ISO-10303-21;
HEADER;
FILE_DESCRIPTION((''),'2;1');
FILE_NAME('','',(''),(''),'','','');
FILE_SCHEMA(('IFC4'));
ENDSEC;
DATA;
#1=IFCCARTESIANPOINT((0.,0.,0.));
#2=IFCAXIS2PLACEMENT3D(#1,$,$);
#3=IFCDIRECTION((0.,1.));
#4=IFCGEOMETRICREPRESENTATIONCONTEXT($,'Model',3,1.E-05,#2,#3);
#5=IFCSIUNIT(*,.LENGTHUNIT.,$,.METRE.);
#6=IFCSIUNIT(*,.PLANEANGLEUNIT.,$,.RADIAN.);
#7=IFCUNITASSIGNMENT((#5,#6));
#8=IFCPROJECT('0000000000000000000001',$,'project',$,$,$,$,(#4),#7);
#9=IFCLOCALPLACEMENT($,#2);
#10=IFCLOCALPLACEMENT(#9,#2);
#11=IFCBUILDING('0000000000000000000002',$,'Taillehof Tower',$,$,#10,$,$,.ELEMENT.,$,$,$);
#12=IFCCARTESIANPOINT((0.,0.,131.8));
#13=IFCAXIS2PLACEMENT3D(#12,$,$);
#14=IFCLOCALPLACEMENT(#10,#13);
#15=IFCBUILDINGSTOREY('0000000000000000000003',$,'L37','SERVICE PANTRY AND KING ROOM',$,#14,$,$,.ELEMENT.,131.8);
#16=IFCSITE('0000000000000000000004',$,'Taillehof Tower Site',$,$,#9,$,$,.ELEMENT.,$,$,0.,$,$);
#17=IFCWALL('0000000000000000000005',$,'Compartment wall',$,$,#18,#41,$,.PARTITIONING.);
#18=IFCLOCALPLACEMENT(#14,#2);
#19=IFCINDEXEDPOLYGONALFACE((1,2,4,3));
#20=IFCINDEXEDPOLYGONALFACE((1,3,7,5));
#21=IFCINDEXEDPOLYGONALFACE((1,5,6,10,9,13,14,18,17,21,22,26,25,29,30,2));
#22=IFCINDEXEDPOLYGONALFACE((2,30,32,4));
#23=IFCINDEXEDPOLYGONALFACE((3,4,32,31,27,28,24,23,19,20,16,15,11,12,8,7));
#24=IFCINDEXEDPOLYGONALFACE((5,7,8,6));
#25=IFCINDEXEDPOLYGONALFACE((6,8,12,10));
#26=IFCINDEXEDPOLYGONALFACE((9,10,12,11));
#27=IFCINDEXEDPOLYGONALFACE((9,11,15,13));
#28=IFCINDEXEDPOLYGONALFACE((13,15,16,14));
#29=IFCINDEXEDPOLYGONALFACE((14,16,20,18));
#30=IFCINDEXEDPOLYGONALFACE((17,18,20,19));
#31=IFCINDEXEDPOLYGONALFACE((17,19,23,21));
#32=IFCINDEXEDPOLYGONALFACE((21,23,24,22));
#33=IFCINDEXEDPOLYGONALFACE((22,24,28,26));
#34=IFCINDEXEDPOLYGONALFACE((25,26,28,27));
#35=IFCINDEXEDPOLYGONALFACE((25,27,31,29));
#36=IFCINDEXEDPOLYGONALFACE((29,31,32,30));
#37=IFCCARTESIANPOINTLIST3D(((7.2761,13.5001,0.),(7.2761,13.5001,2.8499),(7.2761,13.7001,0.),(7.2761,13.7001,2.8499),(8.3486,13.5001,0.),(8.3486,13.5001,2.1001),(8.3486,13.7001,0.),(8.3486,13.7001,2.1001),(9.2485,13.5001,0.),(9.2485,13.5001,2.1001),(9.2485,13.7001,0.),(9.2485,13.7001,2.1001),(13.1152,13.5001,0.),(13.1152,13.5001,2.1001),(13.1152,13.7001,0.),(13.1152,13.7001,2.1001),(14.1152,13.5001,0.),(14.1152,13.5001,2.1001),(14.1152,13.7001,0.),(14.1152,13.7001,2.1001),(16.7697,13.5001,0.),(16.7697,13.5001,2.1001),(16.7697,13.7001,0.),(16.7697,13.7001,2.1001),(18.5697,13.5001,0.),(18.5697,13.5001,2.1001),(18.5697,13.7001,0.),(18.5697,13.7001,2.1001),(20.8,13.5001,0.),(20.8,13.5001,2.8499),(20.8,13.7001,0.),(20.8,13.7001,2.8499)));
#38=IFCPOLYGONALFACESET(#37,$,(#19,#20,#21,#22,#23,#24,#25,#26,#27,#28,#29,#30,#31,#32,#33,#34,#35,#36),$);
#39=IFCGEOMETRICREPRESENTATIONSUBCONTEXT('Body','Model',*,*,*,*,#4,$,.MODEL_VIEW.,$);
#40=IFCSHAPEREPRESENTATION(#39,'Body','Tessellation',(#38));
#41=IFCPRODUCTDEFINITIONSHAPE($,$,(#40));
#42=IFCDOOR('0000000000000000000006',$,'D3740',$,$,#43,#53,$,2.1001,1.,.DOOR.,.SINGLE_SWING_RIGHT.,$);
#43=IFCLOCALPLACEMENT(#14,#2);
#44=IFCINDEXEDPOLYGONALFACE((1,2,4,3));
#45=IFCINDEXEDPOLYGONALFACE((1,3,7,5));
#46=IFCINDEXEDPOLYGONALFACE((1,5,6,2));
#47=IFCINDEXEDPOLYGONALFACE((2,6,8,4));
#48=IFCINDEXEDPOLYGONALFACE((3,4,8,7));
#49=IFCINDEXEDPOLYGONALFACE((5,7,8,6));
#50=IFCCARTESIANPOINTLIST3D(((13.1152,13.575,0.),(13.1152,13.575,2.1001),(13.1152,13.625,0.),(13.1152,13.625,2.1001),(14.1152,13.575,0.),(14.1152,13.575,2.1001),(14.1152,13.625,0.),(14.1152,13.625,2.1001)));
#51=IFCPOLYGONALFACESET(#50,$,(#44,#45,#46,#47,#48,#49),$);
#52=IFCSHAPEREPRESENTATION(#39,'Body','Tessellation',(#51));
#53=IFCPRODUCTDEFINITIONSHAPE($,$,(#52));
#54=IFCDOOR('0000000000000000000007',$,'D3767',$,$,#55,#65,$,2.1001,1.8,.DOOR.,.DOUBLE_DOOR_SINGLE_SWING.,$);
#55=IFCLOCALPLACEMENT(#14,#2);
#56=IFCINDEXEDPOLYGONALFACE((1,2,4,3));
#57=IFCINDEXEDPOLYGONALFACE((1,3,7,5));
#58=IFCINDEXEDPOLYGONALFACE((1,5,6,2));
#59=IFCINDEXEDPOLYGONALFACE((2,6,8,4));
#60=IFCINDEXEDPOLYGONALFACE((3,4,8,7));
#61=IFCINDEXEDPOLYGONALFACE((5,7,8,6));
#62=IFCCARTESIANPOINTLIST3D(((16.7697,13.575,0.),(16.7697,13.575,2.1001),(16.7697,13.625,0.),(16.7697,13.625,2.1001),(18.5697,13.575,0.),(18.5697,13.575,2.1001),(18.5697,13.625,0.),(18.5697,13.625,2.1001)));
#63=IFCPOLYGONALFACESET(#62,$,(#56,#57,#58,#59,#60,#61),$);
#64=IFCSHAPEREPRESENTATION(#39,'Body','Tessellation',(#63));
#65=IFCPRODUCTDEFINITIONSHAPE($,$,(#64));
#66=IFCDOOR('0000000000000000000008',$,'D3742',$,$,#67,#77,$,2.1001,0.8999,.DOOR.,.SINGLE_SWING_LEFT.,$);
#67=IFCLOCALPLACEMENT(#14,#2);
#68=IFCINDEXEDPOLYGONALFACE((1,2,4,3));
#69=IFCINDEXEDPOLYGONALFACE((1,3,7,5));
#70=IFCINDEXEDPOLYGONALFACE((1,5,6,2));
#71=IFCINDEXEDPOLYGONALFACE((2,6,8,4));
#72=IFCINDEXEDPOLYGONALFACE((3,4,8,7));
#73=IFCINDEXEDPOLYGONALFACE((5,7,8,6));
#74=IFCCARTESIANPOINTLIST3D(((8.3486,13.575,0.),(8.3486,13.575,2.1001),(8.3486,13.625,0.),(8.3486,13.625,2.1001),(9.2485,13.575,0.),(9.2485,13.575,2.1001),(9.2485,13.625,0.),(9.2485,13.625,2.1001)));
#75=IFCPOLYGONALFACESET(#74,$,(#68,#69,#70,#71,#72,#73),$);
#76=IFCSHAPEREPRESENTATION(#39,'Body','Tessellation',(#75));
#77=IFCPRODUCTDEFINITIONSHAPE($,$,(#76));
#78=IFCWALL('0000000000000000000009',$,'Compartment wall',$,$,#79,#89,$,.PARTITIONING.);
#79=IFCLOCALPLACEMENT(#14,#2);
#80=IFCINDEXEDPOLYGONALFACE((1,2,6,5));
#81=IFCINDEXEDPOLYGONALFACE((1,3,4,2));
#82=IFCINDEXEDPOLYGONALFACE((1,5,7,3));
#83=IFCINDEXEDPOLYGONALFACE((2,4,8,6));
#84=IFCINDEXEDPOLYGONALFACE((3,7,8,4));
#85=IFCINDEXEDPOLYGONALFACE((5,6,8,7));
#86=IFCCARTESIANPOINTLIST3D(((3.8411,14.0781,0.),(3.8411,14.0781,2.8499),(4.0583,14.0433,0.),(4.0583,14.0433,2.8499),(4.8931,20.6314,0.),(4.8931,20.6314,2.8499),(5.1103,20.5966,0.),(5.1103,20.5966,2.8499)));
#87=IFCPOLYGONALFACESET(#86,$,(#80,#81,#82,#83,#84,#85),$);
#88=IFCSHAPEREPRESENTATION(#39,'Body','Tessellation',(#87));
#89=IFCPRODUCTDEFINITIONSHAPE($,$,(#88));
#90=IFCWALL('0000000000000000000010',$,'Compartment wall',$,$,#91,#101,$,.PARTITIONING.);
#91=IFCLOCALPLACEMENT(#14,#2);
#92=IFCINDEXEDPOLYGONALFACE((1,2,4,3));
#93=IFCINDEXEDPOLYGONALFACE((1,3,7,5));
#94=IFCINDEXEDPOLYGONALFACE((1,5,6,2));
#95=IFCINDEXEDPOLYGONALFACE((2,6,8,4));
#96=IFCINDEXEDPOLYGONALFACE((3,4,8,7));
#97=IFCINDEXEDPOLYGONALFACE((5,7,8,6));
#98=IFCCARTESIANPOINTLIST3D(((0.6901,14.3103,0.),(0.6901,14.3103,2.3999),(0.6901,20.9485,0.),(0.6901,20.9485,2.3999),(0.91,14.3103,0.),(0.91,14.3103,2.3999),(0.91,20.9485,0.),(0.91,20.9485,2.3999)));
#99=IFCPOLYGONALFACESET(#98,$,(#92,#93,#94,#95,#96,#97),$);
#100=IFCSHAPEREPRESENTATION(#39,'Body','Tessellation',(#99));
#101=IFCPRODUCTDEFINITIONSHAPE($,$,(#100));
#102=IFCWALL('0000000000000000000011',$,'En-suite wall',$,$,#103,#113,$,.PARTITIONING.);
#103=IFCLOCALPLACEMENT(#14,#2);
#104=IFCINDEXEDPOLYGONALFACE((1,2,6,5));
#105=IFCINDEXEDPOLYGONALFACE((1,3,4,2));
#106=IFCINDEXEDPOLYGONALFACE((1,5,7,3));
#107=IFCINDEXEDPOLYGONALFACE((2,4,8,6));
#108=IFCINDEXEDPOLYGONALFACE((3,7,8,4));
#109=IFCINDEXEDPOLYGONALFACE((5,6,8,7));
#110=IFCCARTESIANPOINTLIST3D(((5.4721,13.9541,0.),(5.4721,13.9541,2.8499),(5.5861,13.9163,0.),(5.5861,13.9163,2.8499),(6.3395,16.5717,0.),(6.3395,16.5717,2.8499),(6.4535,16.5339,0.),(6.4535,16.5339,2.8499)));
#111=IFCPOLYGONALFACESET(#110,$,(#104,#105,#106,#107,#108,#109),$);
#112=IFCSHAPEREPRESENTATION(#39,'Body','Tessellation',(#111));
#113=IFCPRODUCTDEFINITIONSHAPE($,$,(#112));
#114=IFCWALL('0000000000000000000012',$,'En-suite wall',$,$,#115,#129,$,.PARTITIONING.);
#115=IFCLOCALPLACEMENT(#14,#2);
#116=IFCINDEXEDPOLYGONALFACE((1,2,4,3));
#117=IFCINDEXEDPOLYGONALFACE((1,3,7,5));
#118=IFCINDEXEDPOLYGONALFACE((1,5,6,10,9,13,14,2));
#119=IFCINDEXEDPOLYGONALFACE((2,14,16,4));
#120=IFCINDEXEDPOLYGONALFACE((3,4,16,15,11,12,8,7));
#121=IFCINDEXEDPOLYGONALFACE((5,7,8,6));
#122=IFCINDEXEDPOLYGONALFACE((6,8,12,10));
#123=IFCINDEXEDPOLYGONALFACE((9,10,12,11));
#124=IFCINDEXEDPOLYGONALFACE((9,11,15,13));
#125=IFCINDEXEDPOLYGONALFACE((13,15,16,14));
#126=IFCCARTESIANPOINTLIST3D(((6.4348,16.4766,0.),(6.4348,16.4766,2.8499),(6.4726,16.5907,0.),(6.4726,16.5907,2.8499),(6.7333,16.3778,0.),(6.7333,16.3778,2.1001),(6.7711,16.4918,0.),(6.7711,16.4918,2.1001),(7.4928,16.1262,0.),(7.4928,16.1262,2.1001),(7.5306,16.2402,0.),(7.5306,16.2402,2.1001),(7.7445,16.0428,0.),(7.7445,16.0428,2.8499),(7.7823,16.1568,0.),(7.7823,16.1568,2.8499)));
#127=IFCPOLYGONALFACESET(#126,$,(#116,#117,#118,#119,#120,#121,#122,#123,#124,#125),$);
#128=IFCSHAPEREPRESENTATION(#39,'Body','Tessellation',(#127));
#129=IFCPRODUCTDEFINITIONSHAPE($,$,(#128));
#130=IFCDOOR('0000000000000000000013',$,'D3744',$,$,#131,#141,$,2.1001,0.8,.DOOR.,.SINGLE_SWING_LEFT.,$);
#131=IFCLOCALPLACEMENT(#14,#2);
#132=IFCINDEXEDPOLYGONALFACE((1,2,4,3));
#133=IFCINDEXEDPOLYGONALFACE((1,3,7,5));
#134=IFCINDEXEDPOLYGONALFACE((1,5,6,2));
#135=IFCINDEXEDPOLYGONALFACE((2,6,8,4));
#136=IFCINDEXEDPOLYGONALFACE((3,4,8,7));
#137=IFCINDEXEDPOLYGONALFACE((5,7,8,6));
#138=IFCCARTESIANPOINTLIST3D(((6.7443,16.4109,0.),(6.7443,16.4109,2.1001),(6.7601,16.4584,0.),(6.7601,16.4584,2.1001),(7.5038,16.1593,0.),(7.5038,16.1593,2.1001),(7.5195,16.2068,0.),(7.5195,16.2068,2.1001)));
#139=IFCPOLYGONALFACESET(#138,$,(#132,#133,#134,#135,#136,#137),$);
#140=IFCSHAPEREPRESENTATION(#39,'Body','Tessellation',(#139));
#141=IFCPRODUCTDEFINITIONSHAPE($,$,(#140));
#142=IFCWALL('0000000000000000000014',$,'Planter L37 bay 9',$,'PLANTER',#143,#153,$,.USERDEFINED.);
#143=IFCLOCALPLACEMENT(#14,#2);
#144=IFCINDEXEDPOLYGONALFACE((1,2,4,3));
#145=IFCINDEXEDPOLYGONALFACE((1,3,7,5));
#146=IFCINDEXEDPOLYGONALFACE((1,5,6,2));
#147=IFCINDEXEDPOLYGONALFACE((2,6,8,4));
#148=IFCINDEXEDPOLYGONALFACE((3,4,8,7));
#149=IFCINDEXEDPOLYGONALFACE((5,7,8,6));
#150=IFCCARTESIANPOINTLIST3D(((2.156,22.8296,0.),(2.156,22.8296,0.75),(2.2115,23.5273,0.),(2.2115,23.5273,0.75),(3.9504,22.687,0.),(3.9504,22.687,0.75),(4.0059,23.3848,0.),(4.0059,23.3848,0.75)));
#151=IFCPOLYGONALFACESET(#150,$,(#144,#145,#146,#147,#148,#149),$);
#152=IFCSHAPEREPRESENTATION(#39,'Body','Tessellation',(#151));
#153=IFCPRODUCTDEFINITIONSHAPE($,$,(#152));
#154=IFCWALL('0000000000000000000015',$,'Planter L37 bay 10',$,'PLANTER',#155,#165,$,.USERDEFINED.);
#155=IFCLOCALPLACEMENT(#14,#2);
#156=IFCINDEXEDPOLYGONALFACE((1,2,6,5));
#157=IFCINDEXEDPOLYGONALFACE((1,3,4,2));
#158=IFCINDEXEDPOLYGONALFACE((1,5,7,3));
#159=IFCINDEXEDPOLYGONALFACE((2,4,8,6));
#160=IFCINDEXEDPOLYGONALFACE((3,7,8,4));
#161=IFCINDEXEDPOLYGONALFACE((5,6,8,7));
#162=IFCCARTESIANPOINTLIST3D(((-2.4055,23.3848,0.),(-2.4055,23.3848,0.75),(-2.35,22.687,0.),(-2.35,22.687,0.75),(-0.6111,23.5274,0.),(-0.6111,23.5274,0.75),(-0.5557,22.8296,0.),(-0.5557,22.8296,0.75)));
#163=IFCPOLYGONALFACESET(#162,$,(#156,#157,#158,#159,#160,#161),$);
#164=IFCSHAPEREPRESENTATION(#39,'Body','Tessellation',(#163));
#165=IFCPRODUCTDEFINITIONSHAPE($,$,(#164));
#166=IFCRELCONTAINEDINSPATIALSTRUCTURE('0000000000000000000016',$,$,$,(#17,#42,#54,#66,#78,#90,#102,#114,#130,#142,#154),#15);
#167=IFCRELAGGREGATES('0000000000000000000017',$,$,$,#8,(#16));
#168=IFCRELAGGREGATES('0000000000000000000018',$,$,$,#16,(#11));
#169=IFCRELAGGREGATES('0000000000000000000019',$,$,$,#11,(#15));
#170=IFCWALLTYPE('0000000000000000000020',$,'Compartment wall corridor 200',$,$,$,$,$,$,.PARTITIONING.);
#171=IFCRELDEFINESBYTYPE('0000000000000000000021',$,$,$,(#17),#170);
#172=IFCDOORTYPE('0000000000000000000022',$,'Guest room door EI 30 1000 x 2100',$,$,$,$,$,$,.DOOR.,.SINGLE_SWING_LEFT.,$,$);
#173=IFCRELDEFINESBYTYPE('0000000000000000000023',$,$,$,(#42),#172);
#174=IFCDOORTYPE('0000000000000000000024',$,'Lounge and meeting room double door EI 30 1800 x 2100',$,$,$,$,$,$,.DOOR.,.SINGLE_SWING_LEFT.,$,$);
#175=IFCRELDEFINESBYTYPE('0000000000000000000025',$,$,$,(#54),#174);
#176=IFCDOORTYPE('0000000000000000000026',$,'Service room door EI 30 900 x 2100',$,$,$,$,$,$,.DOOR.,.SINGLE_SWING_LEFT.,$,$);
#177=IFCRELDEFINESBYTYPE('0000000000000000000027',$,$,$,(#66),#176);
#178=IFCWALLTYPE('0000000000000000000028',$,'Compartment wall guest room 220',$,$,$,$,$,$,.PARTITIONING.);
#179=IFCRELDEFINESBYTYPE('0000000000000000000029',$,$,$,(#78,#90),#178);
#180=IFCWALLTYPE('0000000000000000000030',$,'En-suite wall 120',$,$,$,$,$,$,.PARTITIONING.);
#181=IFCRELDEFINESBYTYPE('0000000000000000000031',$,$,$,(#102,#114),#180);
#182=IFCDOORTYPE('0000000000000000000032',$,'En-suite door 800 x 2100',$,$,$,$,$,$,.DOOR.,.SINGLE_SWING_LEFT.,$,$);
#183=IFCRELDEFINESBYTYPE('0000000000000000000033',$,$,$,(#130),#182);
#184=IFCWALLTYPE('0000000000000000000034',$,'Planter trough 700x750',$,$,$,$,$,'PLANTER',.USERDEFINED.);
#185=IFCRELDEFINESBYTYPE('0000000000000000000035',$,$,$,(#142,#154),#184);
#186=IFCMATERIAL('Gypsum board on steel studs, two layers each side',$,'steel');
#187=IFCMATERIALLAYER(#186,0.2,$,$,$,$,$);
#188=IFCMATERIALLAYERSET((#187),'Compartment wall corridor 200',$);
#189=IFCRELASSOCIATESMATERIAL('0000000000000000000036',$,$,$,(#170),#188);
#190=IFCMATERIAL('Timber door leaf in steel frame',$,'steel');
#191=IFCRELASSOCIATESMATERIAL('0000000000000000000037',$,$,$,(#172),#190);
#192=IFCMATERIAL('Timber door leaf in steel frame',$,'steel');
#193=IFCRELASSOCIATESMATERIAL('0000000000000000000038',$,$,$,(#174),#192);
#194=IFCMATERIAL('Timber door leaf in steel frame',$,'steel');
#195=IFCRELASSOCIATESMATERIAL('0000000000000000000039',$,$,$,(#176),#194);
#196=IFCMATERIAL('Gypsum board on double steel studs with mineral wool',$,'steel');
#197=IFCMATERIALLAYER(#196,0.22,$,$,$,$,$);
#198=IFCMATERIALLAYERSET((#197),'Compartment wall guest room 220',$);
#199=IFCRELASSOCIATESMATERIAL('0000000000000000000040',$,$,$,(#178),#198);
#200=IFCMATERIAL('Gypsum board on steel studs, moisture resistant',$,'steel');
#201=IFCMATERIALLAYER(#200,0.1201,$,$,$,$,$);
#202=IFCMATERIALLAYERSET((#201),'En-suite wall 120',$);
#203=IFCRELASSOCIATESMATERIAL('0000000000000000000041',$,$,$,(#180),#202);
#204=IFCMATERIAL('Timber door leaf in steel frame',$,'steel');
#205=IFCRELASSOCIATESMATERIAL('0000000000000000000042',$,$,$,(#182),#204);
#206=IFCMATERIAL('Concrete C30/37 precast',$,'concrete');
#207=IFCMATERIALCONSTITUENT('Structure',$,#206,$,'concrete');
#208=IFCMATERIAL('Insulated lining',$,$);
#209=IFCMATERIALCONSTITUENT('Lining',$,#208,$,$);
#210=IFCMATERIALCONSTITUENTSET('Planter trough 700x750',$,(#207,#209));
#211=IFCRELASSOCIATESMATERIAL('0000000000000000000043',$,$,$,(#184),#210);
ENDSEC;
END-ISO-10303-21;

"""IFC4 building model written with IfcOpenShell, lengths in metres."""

from ifc_helpers import new_model, si_unit, direction, frame, frame_2d, origin, place, context, subcontext, project, spatial, rectangle, extrude, material, layer, layer_set, constituent, constituent_set, type_object, element, fill, save


model = new_model("IFC4")

# Units and contexts
model_context = context("Model", 3, precision=1e-05, world=origin(), true_north=direction((0.0, 1.0)))
body_context = subcontext(model_context, "Body", "Model", "MODEL_VIEW")
ifc_project = project(units=[si_unit("LENGTHUNIT", "METRE"), si_unit("PLANEANGLEUNIT", "RADIAN")], contexts=[model_context])

# Site, building, storey
site_placement = place(None, origin())
site = spatial("IfcSite", under=ifc_project, at=site_placement, Name="Taillehof Tower Site", CompositionType="ELEMENT", RefElevation=0.0)
building_placement = place(site_placement, origin())
building = spatial("IfcBuilding", under=site, at=building_placement, Name="Taillehof Tower", CompositionType="ELEMENT")
storey_placement = place(building_placement, frame((0.0, 0.0, 131.8)))
storey = spatial("IfcBuildingStorey", under=building, at=storey_placement, Name="L37", Description="SERVICE PANTRY AND KING ROOM", CompositionType="ELEMENT", Elevation=131.8)

# Wall, openings, doors
ifc_material_1 = material(Name="Gypsum board on steel studs, two layers each side", Category="steel")
ifc_layer_1 = layer(ifc_material_1, 0.2)
ifc_layer_set_1 = layer_set([ifc_layer_1], Name="Compartment wall corridor 200")
wall_type_1 = type_object("IfcWallType", Name="Compartment wall corridor 200", PredefinedType="PARTITIONING", material=ifc_layer_set_1)
wall_1_placement = place(storey_placement, frame((7.2761, 13.6001, 0.0), z_axis=(0.0, 0.0, 1.0), x_axis=(1.0, 0.0, 0.0)))
wall_1 = element("IfcWall", 1, at=wall_1_placement, inside=storey, type_object=wall_type_1, Name="Compartment wall", PredefinedType="PARTITIONING", context=body_context, shape_type="SweptSolid", body=[
    extrude(rectangle(XDim=13.5239, YDim=0.2, at=frame_2d((6.762, 0.0))), origin(), (0.0, 0.0, 1.0), 2.8499),
])
opening_1_placement = place(wall_1_placement, frame((5.8391, 0.0, 0.0)))
opening_1 = element("IfcOpeningElement", 2, at=opening_1_placement, cuts=wall_1, PredefinedType="OPENING", context=body_context, shape_type="SweptSolid", body=[
    extrude(rectangle(XDim=1.0, YDim=2.1001, at=frame_2d((0.5, 1.05))), frame((0.0, 0.1099, 0.0), z_axis=(0.0, -1.0, 0.0), x_axis=(1.0, 0.0, 0.0)), (0.0, 0.0, 1.0), 0.22),
])
opening_2_placement = place(wall_1_placement, frame((1.0725, 0.0, 0.0)))
opening_2 = element("IfcOpeningElement", 3, at=opening_2_placement, cuts=wall_1, PredefinedType="OPENING", context=body_context, shape_type="SweptSolid", body=[
    extrude(rectangle(XDim=0.8999, YDim=2.1001, at=frame_2d((0.45, 1.05))), frame((0.0, 0.1099, 0.0), z_axis=(0.0, -1.0, 0.0), x_axis=(1.0, 0.0, 0.0)), (0.0, 0.0, 1.0), 0.22),
])
opening_3_placement = place(wall_1_placement, frame((9.4937, 0.0, 0.0)))
opening_3 = element("IfcOpeningElement", 4, at=opening_3_placement, cuts=wall_1, PredefinedType="OPENING", context=body_context, shape_type="SweptSolid", body=[
    extrude(rectangle(XDim=1.8, YDim=2.1001, at=frame_2d((0.8999, 1.05))), frame((0.0, 0.1099, 0.0), z_axis=(0.0, -1.0, 0.0), x_axis=(1.0, 0.0, 0.0)), (0.0, 0.0, 1.0), 0.22),
])
ifc_material_2 = material(Name="Timber door leaf in steel frame", Category="steel")
door_type_1 = type_object("IfcDoorType", Name="Guest room door EI 30 1000 x 2100", OperationType="SINGLE_SWING_LEFT", PredefinedType="DOOR", material=ifc_material_2)
door_1_placement = place(opening_1_placement, origin())
door_1 = element("IfcDoor", 5, at=door_1_placement, inside=storey, type_object=door_type_1, Name="D3740", OperationType="SINGLE_SWING_RIGHT", OverallHeight=2.1001, OverallWidth=1.0, PredefinedType="DOOR", context=body_context, shape_type="SweptSolid", body=[
    extrude(rectangle(XDim=1.0, YDim=2.1001, at=frame_2d((0.5, 1.05))), frame((0.0, 0.0249, 0.0), z_axis=(0.0, -1.0, 0.0), x_axis=(1.0, 0.0, 0.0)), (0.0, 0.0, 1.0), 0.05),
])
fill(opening_1, door_1)
ifc_material_3 = material(Name="Timber door leaf in steel frame", Category="steel")
door_type_2 = type_object("IfcDoorType", Name="Lounge and meeting room double door EI 30 1800 x 2100", OperationType="SINGLE_SWING_LEFT", PredefinedType="DOOR", material=ifc_material_3)
door_2_placement = place(opening_3_placement, origin())
door_2 = element("IfcDoor", 6, at=door_2_placement, inside=storey, type_object=door_type_2, Name="D3767", OperationType="DOUBLE_DOOR_SINGLE_SWING", OverallHeight=2.1001, OverallWidth=1.8, PredefinedType="DOOR", context=body_context, shape_type="SweptSolid", body=[
    extrude(rectangle(XDim=1.8, YDim=2.1001, at=frame_2d((0.8999, 1.05))), frame((0.0, 0.0249, 0.0), z_axis=(0.0, -1.0, 0.0), x_axis=(1.0, 0.0, 0.0)), (0.0, 0.0, 1.0), 0.05),
])
fill(opening_3, door_2)
ifc_material_4 = material(Name="Timber door leaf in steel frame", Category="steel")
door_type_3 = type_object("IfcDoorType", Name="Service room door EI 30 900 x 2100", OperationType="SINGLE_SWING_LEFT", PredefinedType="DOOR", material=ifc_material_4)
door_3_placement = place(opening_2_placement, origin())
door_3 = element("IfcDoor", 7, at=door_3_placement, inside=storey, type_object=door_type_3, Name="D3742", OperationType="SINGLE_SWING_LEFT", OverallHeight=2.1001, OverallWidth=0.8999, PredefinedType="DOOR", context=body_context, shape_type="SweptSolid", body=[
    extrude(rectangle(XDim=0.8999, YDim=2.1001, at=frame_2d((0.45, 1.05))), frame((0.0, 0.0249, 0.0), z_axis=(0.0, -1.0, 0.0), x_axis=(1.0, 0.0, 0.0)), (0.0, 0.0, 1.0), 0.05),
])
fill(opening_2, door_3)

# Walls
ifc_material_5 = material(Name="Gypsum board on double steel studs with mineral wool", Category="steel")
ifc_layer_2 = layer(ifc_material_5, 0.22)
ifc_layer_set_2 = layer_set([ifc_layer_2], Name="Compartment wall guest room 220")
wall_type_2 = type_object("IfcWallType", Name="Compartment wall guest room 220", PredefinedType="PARTITIONING", material=ifc_layer_set_2)
wall_2_placement = place(storey_placement, frame((5.0017, 20.614, 0.0), z_axis=(0.0, 0.0, 1.0), x_axis=(-0.158503, -0.987359, 0.0)))
element("IfcWall", 8, at=wall_2_placement, inside=storey, type_object=wall_type_2, Name="Compartment wall", PredefinedType="PARTITIONING", context=body_context, shape_type="SweptSolid", body=[
    extrude(rectangle(XDim=6.6372, YDim=0.22, at=frame_2d((3.3186, 0.0))), origin(), (0.0, 0.0, 1.0), 2.8499),
])
wall_3_placement = place(storey_placement, frame((0.8, 20.9485, 0.0), z_axis=(0.0, 0.0, 1.0), x_axis=(0.0, -1.0, 0.0)))
element("IfcWall", 9, at=wall_3_placement, inside=storey, type_object=wall_type_2, Name="Compartment wall", PredefinedType="PARTITIONING", context=body_context, shape_type="SweptSolid", body=[
    extrude(rectangle(XDim=6.6382, YDim=0.22, at=frame_2d((3.3191, 0.0))), origin(), (0.0, 0.0, 1.0), 2.3999),
])
ifc_material_6 = material(Name="Gypsum board on steel studs, moisture resistant", Category="steel")
ifc_layer_3 = layer(ifc_material_6, 0.1201)
ifc_layer_set_3 = layer_set([ifc_layer_3], Name="En-suite wall 120")
wall_type_3 = type_object("IfcWallType", Name="En-suite wall 120", PredefinedType="PARTITIONING", material=ifc_layer_set_3)
wall_4_placement = place(storey_placement, frame((5.5291, 13.9351, 0.0), z_axis=(0.0, 0.0, 1.0), x_axis=(0.314554, 0.94924, 0.0)))
element("IfcWall", 10, at=wall_4_placement, inside=storey, type_object=wall_type_3, Name="En-suite wall", PredefinedType="PARTITIONING", context=body_context, shape_type="SweptSolid", body=[
    extrude(rectangle(XDim=2.7576, YDim=0.1201, at=frame_2d((1.3789, 0.0))), origin(), (0.0, 0.0, 1.0), 2.8499),
])

# Wall, opening, door
wall_5_placement = place(storey_placement, frame((6.4536, 16.5337, 0.0), z_axis=(0.0, 0.0, 1.0), x_axis=(0.949266, -0.314475, 0.0)))
wall_5 = element("IfcWall", 11, at=wall_5_placement, inside=storey, type_object=wall_type_3, Name="En-suite wall", PredefinedType="PARTITIONING", context=body_context, shape_type="SweptSolid", body=[
    extrude(rectangle(XDim=1.3796, YDim=0.1201, at=frame_2d((0.6899, 0.0))), origin(), (0.0, 0.0, 1.0), 2.8499),
])
opening_4_placement = place(wall_5_placement, frame((0.3147, 0.0, 0.0)))
opening_4 = element("IfcOpeningElement", 12, at=opening_4_placement, cuts=wall_5, PredefinedType="OPENING", context=body_context, shape_type="SweptSolid", body=[
    extrude(rectangle(XDim=0.8, YDim=2.1001, at=frame_2d((0.3999, 1.05))), frame((0.0, 0.0701, 0.0), z_axis=(0.0, -1.0, 0.0), x_axis=(1.0, 0.0, 0.0)), (0.0, 0.0, 1.0), 0.1401),
])
ifc_material_7 = material(Name="Timber door leaf in steel frame", Category="steel")
door_type_4 = type_object("IfcDoorType", Name="En-suite door 800 x 2100", OperationType="SINGLE_SWING_LEFT", PredefinedType="DOOR", material=ifc_material_7)
door_4_placement = place(opening_4_placement, origin())
door_4 = element("IfcDoor", 13, at=door_4_placement, inside=storey, type_object=door_type_4, Name="D3744", OperationType="SINGLE_SWING_LEFT", OverallHeight=2.1001, OverallWidth=0.8, PredefinedType="DOOR", context=body_context, shape_type="SweptSolid", body=[
    extrude(rectangle(XDim=0.8, YDim=2.1001, at=frame_2d((0.3999, 1.05))), frame((0.0, 0.0249, 0.0), z_axis=(0.0, -1.0, 0.0), x_axis=(1.0, 0.0, 0.0)), (0.0, 0.0, 1.0), 0.05),
])
fill(opening_4, door_4)

# Walls
ifc_material_8 = material(Name="Concrete C30/37 precast", Category="concrete")
ifc_constituent_1 = constituent(ifc_material_8, Name="Structure", Category="concrete")
ifc_material_9 = material(Name="Insulated lining")
ifc_constituent_2 = constituent(ifc_material_9, Name="Lining")
ifc_constituent_set = constituent_set(constituents=[ifc_constituent_1, ifc_constituent_2], Name="Planter trough 700x750")
wall_type_4 = type_object("IfcWallType", Name="Planter trough 700x750", ElementType="PLANTER", PredefinedType="USERDEFINED", material=ifc_constituent_set)
for number, where, z_axis, x_axis, name in (
    (14, (3.978, 23.0359, 0.0), (0.0, 0.0, 1.0), (-0.996858, 0.079206, 0.0), "Planter L37 bay 9"),
    (15, (-0.5835, 23.1785, 0.0), (0.0, 0.0, 1.0), (-0.996858, -0.079206, 0.0), "Planter L37 bay 10"),
):
    element("IfcWall", number, at=place(storey_placement, frame(where, z_axis=z_axis, x_axis=x_axis)), inside=storey, type_object=wall_type_4, Name=name, ObjectType="PLANTER", PredefinedType="USERDEFINED", context=body_context, shape_type="SweptSolid", body=[
        extrude(rectangle(XDim=1.8, YDim=0.7, at=frame_2d((0.8999, 0.0))), origin(), (0.0, 0.0, 1.0), 0.75),
    ])

save(model, "model.ifc")
